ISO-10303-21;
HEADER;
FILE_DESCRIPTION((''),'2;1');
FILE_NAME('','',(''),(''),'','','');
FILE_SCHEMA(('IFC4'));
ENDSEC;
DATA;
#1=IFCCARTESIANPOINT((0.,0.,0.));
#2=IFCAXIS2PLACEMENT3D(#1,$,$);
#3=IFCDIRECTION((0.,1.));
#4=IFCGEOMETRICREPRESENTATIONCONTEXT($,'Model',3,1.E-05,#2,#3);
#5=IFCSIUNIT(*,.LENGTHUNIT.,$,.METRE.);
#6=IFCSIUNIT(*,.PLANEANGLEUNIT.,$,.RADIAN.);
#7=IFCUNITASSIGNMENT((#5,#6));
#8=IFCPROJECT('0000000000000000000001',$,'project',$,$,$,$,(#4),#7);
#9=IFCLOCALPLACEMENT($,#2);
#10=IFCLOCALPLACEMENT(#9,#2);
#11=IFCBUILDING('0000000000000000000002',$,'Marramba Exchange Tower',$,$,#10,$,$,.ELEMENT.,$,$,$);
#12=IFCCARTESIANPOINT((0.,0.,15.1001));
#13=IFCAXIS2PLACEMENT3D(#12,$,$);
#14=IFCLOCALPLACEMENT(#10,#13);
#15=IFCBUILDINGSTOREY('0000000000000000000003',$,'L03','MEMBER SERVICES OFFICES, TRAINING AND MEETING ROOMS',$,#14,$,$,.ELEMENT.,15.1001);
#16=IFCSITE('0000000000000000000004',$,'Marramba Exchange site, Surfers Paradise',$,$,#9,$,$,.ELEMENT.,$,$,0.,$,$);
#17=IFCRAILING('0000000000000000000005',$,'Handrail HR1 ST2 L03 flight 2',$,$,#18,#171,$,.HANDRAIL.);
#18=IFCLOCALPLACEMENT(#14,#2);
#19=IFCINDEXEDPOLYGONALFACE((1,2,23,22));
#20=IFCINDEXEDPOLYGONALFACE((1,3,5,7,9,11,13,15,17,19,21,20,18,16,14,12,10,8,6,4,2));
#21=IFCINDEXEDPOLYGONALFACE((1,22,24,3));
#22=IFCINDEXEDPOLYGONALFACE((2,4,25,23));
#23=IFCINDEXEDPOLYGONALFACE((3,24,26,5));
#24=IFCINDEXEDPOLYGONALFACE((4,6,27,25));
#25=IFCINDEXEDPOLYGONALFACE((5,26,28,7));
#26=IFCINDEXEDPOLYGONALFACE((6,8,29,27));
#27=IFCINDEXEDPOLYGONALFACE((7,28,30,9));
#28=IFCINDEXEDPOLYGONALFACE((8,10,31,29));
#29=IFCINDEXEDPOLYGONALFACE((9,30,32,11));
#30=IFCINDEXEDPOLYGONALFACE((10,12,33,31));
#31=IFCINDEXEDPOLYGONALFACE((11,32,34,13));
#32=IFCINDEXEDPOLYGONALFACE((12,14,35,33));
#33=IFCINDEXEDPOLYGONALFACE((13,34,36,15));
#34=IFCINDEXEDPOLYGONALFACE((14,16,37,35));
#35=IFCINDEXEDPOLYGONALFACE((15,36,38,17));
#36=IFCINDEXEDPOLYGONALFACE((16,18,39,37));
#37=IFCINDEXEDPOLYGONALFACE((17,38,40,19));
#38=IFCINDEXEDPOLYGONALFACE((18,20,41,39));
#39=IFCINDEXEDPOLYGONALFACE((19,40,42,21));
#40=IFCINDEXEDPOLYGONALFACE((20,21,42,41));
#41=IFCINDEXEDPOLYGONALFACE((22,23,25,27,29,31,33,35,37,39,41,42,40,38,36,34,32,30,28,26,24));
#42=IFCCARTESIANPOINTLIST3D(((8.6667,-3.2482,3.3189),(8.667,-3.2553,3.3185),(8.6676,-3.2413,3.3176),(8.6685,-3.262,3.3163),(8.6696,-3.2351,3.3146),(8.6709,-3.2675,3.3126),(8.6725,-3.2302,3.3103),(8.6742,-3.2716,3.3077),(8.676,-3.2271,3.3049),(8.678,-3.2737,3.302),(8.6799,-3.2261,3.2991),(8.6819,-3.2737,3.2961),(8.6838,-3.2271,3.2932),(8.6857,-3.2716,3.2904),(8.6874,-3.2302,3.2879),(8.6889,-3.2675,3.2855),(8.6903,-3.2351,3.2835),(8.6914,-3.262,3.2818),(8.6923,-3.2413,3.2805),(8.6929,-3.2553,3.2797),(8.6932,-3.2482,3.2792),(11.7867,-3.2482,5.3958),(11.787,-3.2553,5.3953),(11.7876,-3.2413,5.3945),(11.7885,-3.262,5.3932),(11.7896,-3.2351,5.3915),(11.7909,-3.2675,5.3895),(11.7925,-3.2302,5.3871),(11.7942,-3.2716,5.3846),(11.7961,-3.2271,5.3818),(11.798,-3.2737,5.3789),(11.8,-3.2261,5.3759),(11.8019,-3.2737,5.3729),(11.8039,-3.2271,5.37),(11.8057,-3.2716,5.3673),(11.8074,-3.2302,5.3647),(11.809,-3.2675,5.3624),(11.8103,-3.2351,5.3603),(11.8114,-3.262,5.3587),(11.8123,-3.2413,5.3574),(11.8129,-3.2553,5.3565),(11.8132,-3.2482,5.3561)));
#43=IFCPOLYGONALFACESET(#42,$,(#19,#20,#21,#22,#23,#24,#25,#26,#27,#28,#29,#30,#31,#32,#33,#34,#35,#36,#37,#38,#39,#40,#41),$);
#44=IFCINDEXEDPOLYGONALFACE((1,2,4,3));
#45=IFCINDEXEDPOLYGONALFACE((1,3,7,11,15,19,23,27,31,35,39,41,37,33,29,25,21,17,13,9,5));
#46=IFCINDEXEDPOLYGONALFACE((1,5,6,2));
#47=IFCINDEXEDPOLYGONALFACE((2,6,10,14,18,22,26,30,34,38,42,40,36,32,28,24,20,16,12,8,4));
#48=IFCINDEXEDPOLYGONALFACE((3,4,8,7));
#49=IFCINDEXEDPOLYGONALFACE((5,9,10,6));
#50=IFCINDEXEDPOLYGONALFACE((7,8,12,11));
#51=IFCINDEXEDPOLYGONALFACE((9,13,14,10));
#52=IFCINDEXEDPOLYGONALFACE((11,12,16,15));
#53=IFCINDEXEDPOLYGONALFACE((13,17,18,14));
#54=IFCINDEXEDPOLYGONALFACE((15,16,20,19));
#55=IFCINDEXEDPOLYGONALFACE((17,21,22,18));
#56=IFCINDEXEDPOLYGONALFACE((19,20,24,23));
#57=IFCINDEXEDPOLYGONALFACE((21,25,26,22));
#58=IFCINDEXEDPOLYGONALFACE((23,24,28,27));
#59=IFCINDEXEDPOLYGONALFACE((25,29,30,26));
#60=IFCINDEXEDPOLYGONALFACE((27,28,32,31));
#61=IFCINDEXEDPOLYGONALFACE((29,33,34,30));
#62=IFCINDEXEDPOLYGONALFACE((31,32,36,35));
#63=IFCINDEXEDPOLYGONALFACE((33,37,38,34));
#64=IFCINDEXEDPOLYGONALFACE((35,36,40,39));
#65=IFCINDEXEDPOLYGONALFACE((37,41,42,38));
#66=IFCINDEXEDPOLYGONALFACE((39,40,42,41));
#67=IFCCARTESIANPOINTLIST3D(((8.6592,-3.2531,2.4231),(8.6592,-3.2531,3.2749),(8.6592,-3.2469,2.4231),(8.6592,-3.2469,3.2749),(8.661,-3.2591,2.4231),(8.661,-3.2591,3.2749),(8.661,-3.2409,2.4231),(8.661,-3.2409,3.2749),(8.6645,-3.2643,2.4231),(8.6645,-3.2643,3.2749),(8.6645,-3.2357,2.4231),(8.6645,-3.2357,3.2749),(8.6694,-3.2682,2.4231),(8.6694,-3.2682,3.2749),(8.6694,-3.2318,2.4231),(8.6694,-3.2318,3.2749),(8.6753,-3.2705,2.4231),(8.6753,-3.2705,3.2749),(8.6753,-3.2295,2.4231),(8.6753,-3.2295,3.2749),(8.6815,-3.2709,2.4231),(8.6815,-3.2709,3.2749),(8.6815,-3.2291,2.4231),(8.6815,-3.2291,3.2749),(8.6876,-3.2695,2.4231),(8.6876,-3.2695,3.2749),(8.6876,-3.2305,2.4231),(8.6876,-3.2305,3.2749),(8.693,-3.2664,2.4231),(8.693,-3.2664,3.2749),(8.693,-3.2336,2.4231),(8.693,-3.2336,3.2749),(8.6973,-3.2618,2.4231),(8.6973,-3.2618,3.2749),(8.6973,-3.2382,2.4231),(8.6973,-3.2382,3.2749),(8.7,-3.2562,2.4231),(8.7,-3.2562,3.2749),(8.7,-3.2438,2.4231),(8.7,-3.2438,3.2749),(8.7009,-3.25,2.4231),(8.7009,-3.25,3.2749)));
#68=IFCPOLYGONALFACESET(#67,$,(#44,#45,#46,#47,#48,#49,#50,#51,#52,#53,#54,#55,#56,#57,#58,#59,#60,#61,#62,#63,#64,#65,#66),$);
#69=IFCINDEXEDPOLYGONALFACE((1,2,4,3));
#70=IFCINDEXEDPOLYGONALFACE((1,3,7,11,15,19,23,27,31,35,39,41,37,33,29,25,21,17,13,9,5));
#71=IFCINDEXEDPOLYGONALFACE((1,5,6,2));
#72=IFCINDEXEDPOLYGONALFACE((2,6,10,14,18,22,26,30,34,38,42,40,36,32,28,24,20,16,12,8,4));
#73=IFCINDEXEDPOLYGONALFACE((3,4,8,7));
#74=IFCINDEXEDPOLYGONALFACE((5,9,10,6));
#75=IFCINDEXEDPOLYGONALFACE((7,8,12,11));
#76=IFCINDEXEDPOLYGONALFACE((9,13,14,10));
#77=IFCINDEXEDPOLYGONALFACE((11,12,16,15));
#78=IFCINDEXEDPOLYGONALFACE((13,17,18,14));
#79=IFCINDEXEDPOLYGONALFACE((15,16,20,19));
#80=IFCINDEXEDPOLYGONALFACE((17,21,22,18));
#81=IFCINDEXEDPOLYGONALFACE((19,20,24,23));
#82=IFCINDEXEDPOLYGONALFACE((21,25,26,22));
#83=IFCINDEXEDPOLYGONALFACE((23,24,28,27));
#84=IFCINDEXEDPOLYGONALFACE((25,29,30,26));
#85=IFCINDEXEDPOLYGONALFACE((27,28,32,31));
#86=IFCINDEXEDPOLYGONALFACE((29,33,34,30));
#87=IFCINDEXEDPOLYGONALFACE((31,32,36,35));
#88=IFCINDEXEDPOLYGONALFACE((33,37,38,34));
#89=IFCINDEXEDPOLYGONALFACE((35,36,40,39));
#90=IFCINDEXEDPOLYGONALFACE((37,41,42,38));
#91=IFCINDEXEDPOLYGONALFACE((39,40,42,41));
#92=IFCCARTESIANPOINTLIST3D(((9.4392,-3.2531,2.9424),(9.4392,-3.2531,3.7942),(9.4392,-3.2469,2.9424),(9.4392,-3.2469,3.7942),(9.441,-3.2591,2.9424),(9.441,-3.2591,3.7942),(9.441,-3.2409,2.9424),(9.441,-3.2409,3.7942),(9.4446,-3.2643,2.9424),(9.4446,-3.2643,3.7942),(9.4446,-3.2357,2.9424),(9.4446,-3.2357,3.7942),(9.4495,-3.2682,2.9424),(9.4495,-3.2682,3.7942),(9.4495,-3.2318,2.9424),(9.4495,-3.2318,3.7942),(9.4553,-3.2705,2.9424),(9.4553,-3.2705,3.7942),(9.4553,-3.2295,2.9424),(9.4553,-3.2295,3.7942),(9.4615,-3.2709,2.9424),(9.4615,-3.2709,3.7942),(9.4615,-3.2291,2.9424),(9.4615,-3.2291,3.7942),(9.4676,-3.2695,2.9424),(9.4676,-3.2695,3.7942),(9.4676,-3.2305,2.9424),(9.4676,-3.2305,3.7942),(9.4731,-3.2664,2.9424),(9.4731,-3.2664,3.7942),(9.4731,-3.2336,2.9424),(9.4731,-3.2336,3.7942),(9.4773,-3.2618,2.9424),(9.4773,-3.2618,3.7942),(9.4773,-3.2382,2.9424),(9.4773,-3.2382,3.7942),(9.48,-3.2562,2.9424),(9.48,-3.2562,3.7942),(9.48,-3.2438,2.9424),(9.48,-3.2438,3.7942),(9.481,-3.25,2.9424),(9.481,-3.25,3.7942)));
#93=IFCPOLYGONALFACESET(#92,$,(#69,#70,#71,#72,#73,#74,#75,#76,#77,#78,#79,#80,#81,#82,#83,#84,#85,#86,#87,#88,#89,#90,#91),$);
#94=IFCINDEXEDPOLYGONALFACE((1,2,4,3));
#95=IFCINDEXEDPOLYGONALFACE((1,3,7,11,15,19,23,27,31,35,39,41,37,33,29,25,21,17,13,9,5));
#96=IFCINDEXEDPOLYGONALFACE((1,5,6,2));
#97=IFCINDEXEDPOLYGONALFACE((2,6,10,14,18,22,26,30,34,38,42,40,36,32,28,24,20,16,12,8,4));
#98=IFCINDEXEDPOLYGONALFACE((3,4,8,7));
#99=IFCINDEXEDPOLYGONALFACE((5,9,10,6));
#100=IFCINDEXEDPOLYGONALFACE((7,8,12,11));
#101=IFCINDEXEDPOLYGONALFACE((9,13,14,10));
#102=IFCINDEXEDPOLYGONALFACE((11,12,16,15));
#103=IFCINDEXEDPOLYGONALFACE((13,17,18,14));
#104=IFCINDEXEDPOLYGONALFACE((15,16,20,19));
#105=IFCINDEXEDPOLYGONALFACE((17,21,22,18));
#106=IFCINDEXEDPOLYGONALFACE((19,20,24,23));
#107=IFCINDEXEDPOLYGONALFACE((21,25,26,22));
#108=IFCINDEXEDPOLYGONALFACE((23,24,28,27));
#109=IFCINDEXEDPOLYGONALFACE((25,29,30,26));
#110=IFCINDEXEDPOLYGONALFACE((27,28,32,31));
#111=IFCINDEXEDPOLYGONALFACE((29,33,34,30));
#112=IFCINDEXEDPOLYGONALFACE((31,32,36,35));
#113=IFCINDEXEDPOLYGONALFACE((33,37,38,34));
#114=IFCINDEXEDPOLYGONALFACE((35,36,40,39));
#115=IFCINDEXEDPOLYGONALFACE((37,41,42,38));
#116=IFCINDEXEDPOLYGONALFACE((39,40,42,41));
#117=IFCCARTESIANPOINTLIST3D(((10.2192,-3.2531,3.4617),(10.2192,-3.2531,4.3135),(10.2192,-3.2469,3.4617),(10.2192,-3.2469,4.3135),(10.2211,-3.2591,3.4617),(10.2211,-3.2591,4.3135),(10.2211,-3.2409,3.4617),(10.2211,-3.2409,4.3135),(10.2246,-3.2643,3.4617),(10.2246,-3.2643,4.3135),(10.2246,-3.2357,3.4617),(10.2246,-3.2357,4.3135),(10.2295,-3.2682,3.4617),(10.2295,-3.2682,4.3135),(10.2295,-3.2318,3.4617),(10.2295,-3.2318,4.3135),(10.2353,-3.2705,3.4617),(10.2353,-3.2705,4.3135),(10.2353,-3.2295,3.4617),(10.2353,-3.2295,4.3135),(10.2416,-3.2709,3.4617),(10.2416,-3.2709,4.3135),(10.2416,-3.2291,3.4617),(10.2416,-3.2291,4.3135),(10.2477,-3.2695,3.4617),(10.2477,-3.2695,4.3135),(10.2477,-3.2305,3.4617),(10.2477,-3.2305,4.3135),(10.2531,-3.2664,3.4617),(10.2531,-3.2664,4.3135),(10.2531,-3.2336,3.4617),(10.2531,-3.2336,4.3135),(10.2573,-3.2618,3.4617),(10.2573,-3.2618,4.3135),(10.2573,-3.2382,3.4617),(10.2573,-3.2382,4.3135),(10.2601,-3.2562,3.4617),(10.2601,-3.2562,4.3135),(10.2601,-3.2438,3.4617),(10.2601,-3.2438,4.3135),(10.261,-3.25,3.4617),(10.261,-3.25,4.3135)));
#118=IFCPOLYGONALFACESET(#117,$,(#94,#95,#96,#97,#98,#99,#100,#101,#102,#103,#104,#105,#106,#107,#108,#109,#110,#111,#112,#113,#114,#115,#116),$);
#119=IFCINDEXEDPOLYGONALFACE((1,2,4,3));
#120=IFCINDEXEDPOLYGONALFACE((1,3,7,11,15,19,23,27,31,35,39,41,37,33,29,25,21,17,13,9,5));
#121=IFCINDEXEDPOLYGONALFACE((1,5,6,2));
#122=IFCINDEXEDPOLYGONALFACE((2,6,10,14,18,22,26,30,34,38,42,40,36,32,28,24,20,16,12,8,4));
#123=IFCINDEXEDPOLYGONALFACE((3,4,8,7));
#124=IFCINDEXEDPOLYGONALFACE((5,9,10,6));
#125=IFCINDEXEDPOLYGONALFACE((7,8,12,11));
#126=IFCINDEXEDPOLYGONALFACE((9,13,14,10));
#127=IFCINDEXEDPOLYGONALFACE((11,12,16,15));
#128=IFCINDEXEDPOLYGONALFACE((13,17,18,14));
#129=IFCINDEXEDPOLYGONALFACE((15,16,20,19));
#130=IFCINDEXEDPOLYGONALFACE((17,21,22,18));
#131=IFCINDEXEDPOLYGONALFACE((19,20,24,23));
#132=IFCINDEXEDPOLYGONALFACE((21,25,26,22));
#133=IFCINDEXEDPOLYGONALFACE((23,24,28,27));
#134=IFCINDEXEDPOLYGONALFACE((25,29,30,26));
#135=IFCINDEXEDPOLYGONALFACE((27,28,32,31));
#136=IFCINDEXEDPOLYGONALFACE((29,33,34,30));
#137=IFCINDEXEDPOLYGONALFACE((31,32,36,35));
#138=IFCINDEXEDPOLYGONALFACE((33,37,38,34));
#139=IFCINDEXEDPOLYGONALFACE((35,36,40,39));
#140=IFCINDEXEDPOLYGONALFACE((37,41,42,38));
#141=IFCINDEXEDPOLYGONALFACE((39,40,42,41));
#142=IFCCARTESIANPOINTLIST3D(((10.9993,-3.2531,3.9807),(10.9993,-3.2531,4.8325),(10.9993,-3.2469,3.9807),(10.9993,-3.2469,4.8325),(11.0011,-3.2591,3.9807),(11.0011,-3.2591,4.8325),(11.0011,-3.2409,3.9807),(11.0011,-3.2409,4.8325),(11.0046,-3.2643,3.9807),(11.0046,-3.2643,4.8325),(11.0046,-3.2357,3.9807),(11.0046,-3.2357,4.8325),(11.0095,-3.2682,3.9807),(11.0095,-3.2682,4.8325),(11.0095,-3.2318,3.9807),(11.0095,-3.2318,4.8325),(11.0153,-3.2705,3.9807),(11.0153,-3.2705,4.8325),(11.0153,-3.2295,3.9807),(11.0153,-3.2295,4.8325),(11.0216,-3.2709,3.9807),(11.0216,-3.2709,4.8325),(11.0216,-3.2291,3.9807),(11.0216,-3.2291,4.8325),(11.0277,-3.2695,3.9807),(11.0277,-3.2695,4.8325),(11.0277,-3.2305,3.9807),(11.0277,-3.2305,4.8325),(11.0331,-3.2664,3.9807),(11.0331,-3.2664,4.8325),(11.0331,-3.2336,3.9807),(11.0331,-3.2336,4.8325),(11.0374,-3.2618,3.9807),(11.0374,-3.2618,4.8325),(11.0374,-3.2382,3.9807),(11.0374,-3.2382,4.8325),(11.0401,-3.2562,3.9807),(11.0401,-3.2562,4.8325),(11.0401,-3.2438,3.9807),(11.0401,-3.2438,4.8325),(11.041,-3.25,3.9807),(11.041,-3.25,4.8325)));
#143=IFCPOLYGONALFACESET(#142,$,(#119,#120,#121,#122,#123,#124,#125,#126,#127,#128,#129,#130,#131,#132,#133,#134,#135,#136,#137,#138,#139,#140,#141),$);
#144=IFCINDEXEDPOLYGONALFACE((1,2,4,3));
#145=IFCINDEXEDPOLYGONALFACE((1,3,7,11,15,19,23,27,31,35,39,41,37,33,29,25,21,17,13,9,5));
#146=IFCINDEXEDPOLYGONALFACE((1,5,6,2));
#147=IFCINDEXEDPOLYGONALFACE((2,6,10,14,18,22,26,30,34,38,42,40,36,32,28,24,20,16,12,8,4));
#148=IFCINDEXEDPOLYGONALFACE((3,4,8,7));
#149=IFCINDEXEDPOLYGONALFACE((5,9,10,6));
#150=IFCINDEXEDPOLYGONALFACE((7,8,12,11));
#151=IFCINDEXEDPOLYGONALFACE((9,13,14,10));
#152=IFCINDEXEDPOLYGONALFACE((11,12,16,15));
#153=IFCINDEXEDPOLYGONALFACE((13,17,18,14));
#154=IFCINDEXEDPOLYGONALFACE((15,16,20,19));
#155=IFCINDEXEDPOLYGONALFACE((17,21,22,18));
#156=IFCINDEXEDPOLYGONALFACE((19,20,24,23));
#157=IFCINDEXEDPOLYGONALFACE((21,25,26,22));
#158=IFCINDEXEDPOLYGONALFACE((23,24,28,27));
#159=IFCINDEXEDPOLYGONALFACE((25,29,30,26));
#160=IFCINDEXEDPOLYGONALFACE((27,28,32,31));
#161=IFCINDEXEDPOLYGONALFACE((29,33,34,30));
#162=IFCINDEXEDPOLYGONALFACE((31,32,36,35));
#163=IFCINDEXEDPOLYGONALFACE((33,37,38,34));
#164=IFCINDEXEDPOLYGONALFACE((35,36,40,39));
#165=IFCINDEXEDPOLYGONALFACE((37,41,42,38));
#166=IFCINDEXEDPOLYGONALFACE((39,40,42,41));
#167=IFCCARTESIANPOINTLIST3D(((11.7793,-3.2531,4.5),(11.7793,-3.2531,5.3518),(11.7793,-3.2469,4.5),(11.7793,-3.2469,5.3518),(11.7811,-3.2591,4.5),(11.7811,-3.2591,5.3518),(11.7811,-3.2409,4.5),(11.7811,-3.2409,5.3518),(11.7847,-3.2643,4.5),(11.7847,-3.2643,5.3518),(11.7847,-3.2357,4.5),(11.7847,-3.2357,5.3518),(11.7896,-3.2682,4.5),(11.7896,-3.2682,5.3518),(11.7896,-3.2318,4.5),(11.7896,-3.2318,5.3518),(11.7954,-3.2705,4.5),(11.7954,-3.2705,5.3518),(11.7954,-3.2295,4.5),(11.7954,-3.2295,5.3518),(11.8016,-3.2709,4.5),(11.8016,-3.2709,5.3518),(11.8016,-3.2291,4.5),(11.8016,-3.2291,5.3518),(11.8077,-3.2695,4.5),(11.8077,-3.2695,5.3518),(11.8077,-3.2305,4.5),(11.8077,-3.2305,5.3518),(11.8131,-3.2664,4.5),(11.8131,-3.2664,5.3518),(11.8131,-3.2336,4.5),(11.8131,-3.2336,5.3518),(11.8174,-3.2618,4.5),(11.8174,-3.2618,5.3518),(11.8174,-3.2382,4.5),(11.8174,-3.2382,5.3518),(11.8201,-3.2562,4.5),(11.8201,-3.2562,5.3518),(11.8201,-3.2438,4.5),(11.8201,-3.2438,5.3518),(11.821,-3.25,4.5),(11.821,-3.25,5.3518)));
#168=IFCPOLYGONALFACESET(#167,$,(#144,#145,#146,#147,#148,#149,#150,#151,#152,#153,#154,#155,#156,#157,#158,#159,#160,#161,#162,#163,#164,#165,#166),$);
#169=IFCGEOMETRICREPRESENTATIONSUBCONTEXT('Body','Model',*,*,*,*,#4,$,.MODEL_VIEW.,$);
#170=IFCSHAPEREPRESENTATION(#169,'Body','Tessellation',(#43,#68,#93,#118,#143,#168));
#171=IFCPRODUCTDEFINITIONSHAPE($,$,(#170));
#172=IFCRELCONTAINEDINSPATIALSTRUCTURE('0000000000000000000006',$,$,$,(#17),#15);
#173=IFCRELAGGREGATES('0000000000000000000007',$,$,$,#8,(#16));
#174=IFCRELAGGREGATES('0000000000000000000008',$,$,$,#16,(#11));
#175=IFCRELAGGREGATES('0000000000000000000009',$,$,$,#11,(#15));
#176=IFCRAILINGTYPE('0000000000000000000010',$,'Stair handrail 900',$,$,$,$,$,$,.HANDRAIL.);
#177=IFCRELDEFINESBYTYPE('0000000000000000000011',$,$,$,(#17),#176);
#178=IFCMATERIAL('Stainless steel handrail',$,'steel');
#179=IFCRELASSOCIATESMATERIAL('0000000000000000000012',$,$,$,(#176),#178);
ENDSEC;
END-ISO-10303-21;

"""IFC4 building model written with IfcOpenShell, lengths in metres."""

from ifc_helpers import new_model, si_unit, direction, frame, origin, origin_2d, place, context, subcontext, project, spatial, circle, extrude, material, type_object, element, save


model = new_model("IFC4")

# Units and contexts
model_context = context("Model", 3, precision=1e-05, world=origin(), true_north=direction((0.0, 1.0)))
body_context = subcontext(model_context, "Body", "Model", "MODEL_VIEW")
ifc_project = project(units=[si_unit("LENGTHUNIT", "METRE"), si_unit("PLANEANGLEUNIT", "RADIAN")], contexts=[model_context])

# Site, building, storey
site_placement = place(None, origin())
site = spatial("IfcSite", under=ifc_project, at=site_placement, Name="Marramba Exchange site, Surfers Paradise", CompositionType="ELEMENT", RefElevation=0.0)
building_placement = place(site_placement, origin())
building = spatial("IfcBuilding", under=site, at=building_placement, Name="Marramba Exchange Tower", CompositionType="ELEMENT")
storey_placement = place(building_placement, frame((0.0, 0.0, 15.1001)))
storey = spatial("IfcBuildingStorey", under=building, at=storey_placement, Name="L03", Description="MEMBER SERVICES OFFICES, TRAINING AND MEETING ROOMS", CompositionType="ELEMENT", Elevation=15.1001)

# Railing
ifc_material_1 = material(Name="Stainless steel handrail", Category="steel")
railing_type = type_object("IfcRailingType", Name="Stair handrail 900", PredefinedType="HANDRAIL", material=ifc_material_1)
railing_1_placement = place(storey_placement, frame((8.6799, -3.25, 2.4231)))
element("IfcRailing", 1, at=railing_1_placement, inside=storey, type_object=railing_type, Name="Handrail HR1 ST2 L03 flight 2", PredefinedType="HANDRAIL", context=body_context, shape_type="SweptSolid", body=[
    extrude(circle(Radius=0.0239, at=origin_2d()), frame((0.0, 0.0, 0.876), z_axis=(0.832441, 0.0, 0.554114), x_axis=(0.0, 1.0, 0.0)), (0.0, 0.0, 1.0), 3.748),
    extrude(circle(Radius=0.021, at=origin_2d()), origin(), (0.0, 0.0, 1.0), 0.8518),
    extrude(circle(Radius=0.021, at=origin_2d()), frame((0.78, 0.0, 0.5193)), (0.0, 0.0, 1.0), 0.8518),
    extrude(circle(Radius=0.021, at=origin_2d()), frame((1.5601, 0.0, 1.0386)), (0.0, 0.0, 1.0), 0.8518),
    extrude(circle(Radius=0.021, at=origin_2d()), frame((2.3401, 0.0, 1.5576)), (0.0, 0.0, 1.0), 0.8518),
    extrude(circle(Radius=0.021, at=origin_2d()), frame((3.1201, 0.0, 2.0769)), (0.0, 0.0, 1.0), 0.8518),
])

save(model, "model.ifc")
